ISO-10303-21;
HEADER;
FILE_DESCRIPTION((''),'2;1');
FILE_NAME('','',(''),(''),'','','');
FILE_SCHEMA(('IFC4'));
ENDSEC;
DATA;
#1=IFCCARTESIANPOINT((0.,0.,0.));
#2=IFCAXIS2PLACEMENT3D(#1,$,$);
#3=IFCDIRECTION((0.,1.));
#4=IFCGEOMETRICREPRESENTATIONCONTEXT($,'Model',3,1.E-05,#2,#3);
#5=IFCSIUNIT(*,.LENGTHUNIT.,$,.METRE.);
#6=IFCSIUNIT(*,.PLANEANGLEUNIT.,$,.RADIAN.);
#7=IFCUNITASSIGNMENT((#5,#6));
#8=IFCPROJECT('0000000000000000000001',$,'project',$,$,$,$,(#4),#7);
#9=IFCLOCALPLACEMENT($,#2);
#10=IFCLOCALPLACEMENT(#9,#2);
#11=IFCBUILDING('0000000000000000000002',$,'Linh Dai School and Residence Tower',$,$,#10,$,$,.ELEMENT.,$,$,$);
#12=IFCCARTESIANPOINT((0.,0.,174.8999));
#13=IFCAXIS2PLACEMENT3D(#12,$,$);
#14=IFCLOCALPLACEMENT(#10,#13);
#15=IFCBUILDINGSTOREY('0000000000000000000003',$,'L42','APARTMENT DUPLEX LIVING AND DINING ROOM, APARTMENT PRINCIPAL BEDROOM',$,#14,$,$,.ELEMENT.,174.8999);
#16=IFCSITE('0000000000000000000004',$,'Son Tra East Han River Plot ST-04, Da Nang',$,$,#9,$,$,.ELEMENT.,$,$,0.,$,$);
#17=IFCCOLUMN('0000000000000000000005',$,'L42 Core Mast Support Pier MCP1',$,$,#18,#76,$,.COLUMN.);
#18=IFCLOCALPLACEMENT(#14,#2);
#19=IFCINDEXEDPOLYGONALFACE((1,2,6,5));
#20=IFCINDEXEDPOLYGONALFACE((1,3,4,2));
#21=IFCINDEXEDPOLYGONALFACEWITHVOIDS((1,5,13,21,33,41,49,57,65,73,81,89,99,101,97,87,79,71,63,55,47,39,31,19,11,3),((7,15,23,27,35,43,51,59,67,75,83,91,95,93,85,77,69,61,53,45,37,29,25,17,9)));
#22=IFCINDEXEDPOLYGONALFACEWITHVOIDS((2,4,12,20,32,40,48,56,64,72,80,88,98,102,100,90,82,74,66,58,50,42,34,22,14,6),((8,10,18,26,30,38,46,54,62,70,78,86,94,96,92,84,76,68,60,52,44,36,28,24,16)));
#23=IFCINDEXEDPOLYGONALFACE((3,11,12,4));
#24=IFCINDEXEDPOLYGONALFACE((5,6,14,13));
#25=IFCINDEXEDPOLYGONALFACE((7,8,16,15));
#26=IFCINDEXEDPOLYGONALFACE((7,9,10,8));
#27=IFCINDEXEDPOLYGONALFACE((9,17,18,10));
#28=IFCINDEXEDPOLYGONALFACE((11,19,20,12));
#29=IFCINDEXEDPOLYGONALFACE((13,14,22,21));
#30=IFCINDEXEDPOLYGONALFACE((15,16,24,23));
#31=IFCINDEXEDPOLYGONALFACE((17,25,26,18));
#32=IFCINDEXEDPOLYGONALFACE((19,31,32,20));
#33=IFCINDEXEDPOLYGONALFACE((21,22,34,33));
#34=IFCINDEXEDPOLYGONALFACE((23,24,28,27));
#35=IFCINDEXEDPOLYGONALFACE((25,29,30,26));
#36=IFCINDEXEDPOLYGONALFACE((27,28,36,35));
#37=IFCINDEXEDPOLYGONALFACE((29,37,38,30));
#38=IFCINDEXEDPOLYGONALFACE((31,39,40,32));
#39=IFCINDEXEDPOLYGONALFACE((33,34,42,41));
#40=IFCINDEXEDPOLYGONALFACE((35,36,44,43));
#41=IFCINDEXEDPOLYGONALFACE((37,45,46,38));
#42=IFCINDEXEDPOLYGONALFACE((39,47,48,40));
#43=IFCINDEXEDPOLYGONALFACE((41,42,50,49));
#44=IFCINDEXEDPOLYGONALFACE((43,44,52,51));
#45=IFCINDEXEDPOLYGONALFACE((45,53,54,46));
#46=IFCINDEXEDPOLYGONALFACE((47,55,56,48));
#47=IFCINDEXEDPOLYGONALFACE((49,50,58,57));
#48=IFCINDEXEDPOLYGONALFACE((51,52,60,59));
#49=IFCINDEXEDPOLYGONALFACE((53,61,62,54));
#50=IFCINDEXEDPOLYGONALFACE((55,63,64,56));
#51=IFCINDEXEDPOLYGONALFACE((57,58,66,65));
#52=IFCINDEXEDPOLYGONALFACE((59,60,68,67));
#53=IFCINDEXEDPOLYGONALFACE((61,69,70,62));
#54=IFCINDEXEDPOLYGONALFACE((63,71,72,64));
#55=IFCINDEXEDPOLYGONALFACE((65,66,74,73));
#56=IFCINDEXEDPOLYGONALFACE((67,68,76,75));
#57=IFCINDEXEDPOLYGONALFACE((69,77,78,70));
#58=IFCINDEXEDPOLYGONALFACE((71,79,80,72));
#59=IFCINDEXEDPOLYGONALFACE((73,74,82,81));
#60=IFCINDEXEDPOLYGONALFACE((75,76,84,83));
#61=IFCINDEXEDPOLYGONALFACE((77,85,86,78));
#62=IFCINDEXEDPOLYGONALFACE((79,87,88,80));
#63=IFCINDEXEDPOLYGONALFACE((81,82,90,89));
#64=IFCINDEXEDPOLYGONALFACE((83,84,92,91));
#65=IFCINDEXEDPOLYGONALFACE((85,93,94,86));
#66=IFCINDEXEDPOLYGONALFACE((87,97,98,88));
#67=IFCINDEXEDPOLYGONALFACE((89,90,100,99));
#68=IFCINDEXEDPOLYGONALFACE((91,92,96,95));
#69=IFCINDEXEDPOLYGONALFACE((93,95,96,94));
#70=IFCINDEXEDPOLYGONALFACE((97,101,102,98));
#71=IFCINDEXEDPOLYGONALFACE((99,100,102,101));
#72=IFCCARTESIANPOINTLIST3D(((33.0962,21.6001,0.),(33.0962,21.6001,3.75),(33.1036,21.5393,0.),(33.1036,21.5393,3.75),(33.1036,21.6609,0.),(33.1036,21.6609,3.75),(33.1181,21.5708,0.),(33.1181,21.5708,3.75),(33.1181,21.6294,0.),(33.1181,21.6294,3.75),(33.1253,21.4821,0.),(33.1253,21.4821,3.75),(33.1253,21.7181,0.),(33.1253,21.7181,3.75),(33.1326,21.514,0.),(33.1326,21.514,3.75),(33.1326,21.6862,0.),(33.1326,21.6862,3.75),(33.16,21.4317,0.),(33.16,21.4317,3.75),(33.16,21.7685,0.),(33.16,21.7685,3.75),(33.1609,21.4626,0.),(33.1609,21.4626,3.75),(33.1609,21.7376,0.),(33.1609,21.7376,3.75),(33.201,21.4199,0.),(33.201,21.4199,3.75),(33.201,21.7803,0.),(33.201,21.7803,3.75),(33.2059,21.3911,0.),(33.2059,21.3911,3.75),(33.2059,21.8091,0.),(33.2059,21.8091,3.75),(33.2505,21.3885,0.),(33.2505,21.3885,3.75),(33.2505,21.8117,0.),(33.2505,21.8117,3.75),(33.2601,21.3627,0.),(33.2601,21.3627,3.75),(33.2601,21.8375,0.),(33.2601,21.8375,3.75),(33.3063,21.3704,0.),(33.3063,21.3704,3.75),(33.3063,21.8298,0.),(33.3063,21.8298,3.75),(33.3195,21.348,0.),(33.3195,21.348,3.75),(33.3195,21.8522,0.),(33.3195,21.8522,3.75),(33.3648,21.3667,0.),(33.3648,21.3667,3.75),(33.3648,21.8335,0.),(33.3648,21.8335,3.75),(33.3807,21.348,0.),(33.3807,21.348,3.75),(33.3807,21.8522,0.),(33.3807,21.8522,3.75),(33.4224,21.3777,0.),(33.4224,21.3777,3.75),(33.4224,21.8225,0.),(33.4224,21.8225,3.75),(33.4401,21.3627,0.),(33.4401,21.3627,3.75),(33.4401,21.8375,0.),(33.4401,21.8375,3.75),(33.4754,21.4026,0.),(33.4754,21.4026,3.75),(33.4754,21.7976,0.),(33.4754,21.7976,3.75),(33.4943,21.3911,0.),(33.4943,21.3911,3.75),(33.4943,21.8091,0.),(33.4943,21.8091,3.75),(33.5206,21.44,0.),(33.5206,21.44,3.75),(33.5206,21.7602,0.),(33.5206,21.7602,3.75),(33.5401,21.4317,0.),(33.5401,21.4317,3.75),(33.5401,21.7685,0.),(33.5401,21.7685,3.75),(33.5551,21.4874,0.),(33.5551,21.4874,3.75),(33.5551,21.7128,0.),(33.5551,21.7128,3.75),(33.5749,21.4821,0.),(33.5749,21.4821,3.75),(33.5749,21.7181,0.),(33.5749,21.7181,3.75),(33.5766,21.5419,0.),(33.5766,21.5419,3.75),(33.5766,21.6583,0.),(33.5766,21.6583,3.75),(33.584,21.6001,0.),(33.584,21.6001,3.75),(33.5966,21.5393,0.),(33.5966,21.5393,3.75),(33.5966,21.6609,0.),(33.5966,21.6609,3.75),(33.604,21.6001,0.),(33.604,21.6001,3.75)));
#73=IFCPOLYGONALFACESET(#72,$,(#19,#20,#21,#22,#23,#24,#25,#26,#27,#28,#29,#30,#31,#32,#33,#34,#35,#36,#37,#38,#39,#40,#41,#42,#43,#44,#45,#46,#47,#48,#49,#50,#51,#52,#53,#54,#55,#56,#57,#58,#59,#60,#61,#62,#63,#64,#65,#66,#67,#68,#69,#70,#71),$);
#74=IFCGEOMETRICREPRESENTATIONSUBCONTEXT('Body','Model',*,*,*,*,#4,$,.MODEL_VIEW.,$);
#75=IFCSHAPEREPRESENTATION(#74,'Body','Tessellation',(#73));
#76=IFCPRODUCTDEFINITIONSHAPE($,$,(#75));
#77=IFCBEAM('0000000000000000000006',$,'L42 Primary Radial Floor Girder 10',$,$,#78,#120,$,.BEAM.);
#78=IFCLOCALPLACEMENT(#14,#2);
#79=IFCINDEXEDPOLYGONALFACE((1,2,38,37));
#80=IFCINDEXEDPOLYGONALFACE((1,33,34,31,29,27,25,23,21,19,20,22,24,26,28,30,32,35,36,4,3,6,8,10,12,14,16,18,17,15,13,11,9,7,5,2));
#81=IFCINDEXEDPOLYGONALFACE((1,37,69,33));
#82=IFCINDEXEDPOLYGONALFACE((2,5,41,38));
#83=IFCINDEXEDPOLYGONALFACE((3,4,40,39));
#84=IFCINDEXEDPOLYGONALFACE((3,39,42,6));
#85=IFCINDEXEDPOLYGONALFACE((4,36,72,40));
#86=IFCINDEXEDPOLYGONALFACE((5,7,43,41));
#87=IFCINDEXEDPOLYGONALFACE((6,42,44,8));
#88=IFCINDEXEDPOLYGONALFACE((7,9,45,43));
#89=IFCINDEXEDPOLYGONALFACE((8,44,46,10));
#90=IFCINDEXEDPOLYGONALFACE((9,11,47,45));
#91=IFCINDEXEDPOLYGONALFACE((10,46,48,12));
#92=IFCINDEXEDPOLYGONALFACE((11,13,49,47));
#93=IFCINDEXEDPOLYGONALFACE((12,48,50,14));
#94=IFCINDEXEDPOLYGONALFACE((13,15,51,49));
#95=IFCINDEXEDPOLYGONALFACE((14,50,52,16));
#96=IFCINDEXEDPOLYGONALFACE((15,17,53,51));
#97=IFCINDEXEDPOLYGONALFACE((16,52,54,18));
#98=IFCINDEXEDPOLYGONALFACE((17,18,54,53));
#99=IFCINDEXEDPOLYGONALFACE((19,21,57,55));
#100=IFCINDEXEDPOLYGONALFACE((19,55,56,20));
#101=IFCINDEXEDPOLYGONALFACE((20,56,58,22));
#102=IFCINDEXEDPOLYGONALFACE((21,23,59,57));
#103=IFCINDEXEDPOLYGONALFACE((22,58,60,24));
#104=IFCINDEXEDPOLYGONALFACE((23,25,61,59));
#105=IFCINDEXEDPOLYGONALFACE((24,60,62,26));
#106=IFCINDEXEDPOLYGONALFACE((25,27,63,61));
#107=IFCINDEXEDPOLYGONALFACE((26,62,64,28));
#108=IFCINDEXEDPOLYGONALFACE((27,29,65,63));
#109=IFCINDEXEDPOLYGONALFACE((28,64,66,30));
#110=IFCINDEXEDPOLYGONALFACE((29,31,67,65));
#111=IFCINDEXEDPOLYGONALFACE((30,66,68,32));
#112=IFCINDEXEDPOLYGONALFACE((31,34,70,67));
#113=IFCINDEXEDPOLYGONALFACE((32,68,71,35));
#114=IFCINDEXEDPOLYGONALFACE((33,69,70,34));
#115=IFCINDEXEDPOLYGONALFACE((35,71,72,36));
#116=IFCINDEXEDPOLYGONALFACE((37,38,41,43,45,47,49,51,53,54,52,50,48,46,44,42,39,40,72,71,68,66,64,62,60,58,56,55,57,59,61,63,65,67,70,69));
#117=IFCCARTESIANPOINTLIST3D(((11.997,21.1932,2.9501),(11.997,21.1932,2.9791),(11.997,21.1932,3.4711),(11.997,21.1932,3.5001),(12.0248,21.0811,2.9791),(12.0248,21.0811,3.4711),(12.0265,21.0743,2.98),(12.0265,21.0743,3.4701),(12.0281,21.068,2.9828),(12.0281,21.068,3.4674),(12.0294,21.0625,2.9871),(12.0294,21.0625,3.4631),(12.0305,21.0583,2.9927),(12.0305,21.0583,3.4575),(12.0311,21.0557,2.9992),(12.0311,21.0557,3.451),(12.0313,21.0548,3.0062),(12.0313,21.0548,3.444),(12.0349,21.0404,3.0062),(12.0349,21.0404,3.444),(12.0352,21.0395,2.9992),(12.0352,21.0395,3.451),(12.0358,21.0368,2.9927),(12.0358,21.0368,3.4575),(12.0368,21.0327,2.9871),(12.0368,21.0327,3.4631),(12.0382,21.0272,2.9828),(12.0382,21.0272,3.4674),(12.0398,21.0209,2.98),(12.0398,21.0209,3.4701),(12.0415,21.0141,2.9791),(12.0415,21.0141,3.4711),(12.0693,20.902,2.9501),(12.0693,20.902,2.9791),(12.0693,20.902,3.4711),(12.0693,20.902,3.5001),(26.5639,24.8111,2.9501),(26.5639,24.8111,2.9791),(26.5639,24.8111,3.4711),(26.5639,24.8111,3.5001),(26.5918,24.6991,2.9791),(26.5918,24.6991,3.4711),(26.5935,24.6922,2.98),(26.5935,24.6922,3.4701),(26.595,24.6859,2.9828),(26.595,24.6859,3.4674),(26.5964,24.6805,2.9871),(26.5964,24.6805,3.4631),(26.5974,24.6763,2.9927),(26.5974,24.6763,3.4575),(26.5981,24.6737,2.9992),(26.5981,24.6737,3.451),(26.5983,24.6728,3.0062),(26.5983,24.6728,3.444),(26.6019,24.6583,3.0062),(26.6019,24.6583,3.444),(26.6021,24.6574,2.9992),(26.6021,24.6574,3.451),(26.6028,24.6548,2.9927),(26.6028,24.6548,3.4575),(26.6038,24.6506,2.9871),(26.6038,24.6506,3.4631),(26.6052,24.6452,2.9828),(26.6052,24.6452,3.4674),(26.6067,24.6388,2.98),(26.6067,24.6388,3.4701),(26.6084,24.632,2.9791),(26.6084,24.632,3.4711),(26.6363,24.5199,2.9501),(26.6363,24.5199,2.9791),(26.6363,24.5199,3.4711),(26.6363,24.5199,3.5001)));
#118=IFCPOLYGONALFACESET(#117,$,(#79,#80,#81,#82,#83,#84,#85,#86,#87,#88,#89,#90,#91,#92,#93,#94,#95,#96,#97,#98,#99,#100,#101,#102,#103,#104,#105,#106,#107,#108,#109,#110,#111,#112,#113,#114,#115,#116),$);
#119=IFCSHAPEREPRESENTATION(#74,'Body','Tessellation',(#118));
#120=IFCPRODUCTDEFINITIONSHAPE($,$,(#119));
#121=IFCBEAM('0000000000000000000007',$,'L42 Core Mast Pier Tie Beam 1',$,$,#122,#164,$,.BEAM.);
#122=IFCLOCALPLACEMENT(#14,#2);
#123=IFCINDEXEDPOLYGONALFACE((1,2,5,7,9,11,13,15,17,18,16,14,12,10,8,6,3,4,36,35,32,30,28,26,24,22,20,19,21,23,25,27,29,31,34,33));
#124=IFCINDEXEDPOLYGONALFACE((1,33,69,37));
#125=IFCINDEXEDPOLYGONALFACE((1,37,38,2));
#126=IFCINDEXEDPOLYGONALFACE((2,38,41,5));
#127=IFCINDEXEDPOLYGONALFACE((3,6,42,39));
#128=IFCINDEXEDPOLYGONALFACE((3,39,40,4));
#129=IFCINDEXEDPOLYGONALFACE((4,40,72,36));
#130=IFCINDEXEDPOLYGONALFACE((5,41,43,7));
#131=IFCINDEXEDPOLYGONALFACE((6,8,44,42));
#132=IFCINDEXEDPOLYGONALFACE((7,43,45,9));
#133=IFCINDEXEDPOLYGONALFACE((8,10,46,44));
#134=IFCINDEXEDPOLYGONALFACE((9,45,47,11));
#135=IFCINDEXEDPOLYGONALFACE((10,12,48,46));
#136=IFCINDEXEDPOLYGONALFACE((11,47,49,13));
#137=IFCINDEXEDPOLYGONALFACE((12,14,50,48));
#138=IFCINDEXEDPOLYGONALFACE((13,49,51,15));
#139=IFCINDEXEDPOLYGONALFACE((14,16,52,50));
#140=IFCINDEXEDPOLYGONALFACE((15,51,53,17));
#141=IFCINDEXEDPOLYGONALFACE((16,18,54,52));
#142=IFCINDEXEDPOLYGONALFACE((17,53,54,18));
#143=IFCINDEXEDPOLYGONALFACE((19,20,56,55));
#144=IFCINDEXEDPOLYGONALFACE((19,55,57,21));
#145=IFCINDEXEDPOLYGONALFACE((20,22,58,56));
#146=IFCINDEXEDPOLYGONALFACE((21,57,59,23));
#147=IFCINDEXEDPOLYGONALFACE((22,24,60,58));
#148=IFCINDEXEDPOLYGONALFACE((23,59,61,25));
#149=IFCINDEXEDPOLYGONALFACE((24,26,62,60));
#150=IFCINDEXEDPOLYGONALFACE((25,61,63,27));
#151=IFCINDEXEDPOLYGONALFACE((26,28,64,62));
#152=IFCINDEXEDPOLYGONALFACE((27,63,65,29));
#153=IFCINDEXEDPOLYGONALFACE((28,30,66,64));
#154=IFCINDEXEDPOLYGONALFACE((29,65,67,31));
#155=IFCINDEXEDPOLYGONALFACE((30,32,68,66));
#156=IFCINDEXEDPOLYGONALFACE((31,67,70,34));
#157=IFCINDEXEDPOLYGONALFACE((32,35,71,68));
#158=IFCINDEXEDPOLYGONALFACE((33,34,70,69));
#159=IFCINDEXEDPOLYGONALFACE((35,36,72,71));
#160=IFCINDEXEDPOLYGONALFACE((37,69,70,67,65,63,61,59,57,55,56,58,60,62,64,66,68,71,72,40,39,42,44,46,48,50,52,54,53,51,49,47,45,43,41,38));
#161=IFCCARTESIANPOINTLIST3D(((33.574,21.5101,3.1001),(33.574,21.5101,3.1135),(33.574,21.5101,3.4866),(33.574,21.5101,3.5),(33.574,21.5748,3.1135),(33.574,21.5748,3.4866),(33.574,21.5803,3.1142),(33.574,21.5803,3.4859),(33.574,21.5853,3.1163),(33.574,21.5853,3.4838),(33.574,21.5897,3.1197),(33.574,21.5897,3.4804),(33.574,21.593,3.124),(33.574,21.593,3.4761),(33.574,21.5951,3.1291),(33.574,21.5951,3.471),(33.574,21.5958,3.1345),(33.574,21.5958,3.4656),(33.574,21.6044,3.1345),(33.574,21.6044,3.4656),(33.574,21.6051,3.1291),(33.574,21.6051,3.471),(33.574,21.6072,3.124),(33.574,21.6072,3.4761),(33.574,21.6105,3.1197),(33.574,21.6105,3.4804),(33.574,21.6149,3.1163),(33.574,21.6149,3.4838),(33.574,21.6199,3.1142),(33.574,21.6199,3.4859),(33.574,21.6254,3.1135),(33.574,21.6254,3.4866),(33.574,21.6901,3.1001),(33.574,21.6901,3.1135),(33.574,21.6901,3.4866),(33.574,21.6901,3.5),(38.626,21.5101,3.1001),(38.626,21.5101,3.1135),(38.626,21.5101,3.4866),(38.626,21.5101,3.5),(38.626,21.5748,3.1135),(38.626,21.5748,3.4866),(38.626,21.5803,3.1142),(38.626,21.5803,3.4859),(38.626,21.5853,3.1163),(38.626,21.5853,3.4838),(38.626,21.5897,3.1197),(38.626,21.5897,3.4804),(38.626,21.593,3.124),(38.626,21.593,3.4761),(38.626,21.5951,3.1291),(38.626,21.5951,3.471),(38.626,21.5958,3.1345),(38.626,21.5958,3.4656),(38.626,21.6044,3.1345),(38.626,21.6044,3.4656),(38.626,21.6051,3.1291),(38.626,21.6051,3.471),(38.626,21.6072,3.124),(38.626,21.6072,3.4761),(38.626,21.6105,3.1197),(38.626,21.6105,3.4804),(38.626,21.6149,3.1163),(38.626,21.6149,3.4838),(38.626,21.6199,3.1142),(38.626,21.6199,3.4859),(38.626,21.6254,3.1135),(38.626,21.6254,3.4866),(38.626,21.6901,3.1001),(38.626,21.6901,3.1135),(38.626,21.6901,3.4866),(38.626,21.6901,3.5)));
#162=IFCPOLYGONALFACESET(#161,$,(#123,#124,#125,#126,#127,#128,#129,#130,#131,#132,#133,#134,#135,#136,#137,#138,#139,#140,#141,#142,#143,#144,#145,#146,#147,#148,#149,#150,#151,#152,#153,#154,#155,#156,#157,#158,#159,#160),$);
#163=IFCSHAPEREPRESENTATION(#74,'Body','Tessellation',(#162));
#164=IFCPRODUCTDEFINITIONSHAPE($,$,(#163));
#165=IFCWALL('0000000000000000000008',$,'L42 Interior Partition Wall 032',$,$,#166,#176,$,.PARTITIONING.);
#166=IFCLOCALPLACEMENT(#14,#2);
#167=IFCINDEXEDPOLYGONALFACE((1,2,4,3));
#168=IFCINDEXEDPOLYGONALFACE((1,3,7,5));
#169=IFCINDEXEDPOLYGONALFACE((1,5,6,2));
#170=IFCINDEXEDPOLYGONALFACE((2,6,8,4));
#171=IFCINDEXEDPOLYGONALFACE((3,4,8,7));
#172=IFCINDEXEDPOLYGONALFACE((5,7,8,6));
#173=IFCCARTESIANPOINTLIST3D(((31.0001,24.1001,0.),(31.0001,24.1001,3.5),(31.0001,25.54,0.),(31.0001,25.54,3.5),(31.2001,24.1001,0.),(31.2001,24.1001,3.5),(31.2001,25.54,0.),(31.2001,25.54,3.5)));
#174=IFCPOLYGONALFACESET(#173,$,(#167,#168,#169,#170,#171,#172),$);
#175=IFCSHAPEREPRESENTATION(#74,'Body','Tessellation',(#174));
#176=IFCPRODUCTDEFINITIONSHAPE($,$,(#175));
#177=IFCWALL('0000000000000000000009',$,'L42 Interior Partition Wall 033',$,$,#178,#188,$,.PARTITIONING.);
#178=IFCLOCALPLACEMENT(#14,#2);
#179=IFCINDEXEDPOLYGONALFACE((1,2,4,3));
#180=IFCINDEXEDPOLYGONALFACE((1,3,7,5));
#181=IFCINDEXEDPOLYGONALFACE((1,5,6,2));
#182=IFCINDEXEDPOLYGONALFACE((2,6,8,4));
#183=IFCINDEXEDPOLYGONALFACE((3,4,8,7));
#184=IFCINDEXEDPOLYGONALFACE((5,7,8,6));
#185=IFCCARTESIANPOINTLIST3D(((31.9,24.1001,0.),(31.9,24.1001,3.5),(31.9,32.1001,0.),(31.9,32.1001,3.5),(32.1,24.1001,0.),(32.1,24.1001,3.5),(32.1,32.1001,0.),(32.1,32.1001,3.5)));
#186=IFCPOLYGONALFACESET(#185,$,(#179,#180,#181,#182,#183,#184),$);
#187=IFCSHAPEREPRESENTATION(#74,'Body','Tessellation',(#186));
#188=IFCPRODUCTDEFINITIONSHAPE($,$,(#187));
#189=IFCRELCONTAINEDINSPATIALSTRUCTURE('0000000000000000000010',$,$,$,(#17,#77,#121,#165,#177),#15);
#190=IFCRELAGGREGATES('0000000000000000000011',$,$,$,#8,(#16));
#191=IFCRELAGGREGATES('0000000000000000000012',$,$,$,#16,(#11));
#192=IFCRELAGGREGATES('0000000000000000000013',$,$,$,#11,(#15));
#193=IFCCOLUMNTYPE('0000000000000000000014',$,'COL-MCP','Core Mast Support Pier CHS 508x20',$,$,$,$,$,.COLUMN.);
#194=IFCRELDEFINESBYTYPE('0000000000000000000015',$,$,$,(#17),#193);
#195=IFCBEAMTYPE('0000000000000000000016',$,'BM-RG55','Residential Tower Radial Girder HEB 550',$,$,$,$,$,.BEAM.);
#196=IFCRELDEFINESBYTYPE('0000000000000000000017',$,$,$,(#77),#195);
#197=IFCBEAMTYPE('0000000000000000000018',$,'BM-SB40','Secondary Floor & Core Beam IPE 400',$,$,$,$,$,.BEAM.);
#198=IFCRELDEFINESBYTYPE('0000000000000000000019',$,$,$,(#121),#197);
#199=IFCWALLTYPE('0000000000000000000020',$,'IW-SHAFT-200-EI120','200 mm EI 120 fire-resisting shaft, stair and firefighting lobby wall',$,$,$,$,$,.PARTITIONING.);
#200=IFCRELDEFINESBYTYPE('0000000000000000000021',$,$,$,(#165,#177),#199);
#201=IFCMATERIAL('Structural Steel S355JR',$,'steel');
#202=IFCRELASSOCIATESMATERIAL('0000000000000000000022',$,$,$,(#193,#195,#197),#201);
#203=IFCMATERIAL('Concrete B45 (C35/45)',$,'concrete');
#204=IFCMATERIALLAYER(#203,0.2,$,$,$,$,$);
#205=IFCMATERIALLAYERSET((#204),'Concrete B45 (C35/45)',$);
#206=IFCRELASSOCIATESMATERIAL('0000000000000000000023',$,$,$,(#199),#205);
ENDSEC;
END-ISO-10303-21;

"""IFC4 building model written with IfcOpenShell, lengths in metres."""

from ifc_helpers import new_model, si_unit, direction, frame, frame_2d, origin, origin_2d, place, context, subcontext, project, spatial, rectangle, hollow_circle, i_section, extrude, material, layer, layer_set, material_profile, profile_set, type_object, element, save


model = new_model("IFC4")

# Units and contexts
model_context = context("Model", 3, precision=1e-05, world=origin(), true_north=direction((0.0, 1.0)))
body_context = subcontext(model_context, "Body", "Model", "MODEL_VIEW")
ifc_project = project(units=[si_unit("LENGTHUNIT", "METRE"), si_unit("PLANEANGLEUNIT", "RADIAN")], contexts=[model_context])

# Site, building, storey
site_placement = place(None, origin())
site = spatial("IfcSite", under=ifc_project, at=site_placement, Name="Son Tra East Han River Plot ST-04, Da Nang", CompositionType="ELEMENT", RefElevation=0.0)
building_placement = place(site_placement, origin())
building = spatial("IfcBuilding", under=site, at=building_placement, Name="Linh Dai School and Residence Tower", CompositionType="ELEMENT")
storey_placement = place(building_placement, frame((0.0, 0.0, 174.8999)))
storey = spatial("IfcBuildingStorey", under=building, at=storey_placement, Name="L42", Description="APARTMENT DUPLEX LIVING AND DINING ROOM, APARTMENT PRINCIPAL BEDROOM", CompositionType="ELEMENT", Elevation=174.8999)

# Column
ifc_material_1 = material(Name="Structural Steel S355JR", Category="steel")
ifc_material_profile_1 = material_profile(ifc_material_1, hollow_circle(Radius=0.2539, WallThickness=0.02, at=origin_2d()), Name="CHS 508x20")
ifc_profile_set_1 = profile_set([ifc_material_profile_1], Name="Structural Steel S355JR")
column_type_1 = type_object("IfcColumnType", Name="COL-MCP", Description="Core Mast Support Pier CHS 508x20", PredefinedType="COLUMN", material=ifc_profile_set_1)
column_placement = place(storey_placement, frame((33.3501, 21.6001, 0.0), z_axis=(0.0, 0.0, 1.0), x_axis=(1.0, 0.0, 0.0)))
element("IfcColumn", 1, at=column_placement, inside=storey, type_object=column_type_1, Name="L42 Core Mast Support Pier MCP1", PredefinedType="COLUMN", context=body_context, shape_type="SweptSolid", body=[
    extrude(hollow_circle(Radius=0.2539, WallThickness=0.02, at=origin_2d()), origin(), (0.0, 0.0, 1.0), 3.75),
])

# Beams
ifc_material_profile_2 = material_profile(ifc_material_1, i_section(OverallWidth=0.3, OverallDepth=0.55, WebThickness=0.0149, FlangeThickness=0.0291, FilletRadius=0.0271, at=origin_2d()), Name="HEB 550")
ifc_profile_set_2 = profile_set([ifc_material_profile_2], Name="Structural Steel S355JR")
beam_type_1 = type_object("IfcBeamType", Name="BM-RG55", Description="Residential Tower Radial Girder HEB 550", PredefinedType="BEAM", material=ifc_profile_set_2)
beam_1_placement = place(storey_placement, frame((26.6001, 24.6655, 3.2251), z_axis=(-0.970515, -0.241043, 0.0), x_axis=(0.241043, -0.970515, 0.0)))
element("IfcBeam", 2, at=beam_1_placement, inside=storey, type_object=beam_type_1, Name="L42 Primary Radial Floor Girder 10", PredefinedType="BEAM", context=body_context, shape_type="SweptSolid", body=[
    extrude(i_section(OverallWidth=0.3, OverallDepth=0.55, WebThickness=0.0149, FlangeThickness=0.0291, FilletRadius=0.0271, at=origin_2d()), origin(), (0.0, 0.0, 1.0), 15.0095),
])
ifc_material_profile_3 = material_profile(ifc_material_1, i_section(OverallWidth=0.1799, OverallDepth=0.3999, WebThickness=0.0085, FlangeThickness=0.0134, FilletRadius=0.021, at=origin_2d()), Name="IPE 400")
ifc_profile_set_3 = profile_set([ifc_material_profile_3], Name="Structural Steel S355JR")
beam_type_2 = type_object("IfcBeamType", Name="BM-SB40", Description="Secondary Floor & Core Beam IPE 400", PredefinedType="BEAM", material=ifc_profile_set_3)
beam_2_placement = place(storey_placement, frame((33.574, 21.6001, 3.3), z_axis=(1.0, 0.0, 0.0), x_axis=(0.0, 1.0, 0.0)))
element("IfcBeam", 3, at=beam_2_placement, inside=storey, type_object=beam_type_2, Name="L42 Core Mast Pier Tie Beam 1", PredefinedType="BEAM", context=body_context, shape_type="SweptSolid", body=[
    extrude(i_section(OverallWidth=0.1799, OverallDepth=0.3999, WebThickness=0.0085, FlangeThickness=0.0134, FilletRadius=0.021, at=origin_2d()), origin(), (0.0, 0.0, 1.0), 5.052),
])

# Shared definitions
ifc_material_2 = material(Name="Concrete B45 (C35/45)", Category="concrete")
ifc_layer_1 = layer(ifc_material_2, 0.2)
ifc_layer_set_1 = layer_set([ifc_layer_1], Name="Concrete B45 (C35/45)")
wall_type_1 = type_object("IfcWallType", Name="IW-SHAFT-200-EI120", Description="200 mm EI 120 fire-resisting shaft, stair and firefighting lobby wall", PredefinedType="PARTITIONING", material=ifc_layer_set_1)

# Walls
wall_1_placement = place(storey_placement, frame((31.1001, 24.1001, 0.0), z_axis=(0.0, 0.0, 1.0), x_axis=(0.0, 1.0, 0.0)))
element("IfcWall", 4, at=wall_1_placement, inside=storey, type_object=wall_type_1, Name="L42 Interior Partition Wall 032", PredefinedType="PARTITIONING", context=body_context, shape_type="SweptSolid", body=[
    extrude(rectangle(XDim=1.4399, YDim=0.2, at=frame_2d((0.72, 0.0))), origin(), (0.0, 0.0, 1.0), 3.5),
])
wall_2_placement = place(storey_placement, frame((32.0, 24.1001, 0.0), z_axis=(0.0, 0.0, 1.0), x_axis=(0.0, 1.0, 0.0)))
element("IfcWall", 5, at=wall_2_placement, inside=storey, type_object=wall_type_1, Name="L42 Interior Partition Wall 033", PredefinedType="PARTITIONING", context=body_context, shape_type="SweptSolid", body=[
    extrude(rectangle(XDim=8.0, YDim=0.2, at=frame_2d((4.0, 0.0))), origin(), (0.0, 0.0, 1.0), 3.5),
])

save(model, "model.ifc")
